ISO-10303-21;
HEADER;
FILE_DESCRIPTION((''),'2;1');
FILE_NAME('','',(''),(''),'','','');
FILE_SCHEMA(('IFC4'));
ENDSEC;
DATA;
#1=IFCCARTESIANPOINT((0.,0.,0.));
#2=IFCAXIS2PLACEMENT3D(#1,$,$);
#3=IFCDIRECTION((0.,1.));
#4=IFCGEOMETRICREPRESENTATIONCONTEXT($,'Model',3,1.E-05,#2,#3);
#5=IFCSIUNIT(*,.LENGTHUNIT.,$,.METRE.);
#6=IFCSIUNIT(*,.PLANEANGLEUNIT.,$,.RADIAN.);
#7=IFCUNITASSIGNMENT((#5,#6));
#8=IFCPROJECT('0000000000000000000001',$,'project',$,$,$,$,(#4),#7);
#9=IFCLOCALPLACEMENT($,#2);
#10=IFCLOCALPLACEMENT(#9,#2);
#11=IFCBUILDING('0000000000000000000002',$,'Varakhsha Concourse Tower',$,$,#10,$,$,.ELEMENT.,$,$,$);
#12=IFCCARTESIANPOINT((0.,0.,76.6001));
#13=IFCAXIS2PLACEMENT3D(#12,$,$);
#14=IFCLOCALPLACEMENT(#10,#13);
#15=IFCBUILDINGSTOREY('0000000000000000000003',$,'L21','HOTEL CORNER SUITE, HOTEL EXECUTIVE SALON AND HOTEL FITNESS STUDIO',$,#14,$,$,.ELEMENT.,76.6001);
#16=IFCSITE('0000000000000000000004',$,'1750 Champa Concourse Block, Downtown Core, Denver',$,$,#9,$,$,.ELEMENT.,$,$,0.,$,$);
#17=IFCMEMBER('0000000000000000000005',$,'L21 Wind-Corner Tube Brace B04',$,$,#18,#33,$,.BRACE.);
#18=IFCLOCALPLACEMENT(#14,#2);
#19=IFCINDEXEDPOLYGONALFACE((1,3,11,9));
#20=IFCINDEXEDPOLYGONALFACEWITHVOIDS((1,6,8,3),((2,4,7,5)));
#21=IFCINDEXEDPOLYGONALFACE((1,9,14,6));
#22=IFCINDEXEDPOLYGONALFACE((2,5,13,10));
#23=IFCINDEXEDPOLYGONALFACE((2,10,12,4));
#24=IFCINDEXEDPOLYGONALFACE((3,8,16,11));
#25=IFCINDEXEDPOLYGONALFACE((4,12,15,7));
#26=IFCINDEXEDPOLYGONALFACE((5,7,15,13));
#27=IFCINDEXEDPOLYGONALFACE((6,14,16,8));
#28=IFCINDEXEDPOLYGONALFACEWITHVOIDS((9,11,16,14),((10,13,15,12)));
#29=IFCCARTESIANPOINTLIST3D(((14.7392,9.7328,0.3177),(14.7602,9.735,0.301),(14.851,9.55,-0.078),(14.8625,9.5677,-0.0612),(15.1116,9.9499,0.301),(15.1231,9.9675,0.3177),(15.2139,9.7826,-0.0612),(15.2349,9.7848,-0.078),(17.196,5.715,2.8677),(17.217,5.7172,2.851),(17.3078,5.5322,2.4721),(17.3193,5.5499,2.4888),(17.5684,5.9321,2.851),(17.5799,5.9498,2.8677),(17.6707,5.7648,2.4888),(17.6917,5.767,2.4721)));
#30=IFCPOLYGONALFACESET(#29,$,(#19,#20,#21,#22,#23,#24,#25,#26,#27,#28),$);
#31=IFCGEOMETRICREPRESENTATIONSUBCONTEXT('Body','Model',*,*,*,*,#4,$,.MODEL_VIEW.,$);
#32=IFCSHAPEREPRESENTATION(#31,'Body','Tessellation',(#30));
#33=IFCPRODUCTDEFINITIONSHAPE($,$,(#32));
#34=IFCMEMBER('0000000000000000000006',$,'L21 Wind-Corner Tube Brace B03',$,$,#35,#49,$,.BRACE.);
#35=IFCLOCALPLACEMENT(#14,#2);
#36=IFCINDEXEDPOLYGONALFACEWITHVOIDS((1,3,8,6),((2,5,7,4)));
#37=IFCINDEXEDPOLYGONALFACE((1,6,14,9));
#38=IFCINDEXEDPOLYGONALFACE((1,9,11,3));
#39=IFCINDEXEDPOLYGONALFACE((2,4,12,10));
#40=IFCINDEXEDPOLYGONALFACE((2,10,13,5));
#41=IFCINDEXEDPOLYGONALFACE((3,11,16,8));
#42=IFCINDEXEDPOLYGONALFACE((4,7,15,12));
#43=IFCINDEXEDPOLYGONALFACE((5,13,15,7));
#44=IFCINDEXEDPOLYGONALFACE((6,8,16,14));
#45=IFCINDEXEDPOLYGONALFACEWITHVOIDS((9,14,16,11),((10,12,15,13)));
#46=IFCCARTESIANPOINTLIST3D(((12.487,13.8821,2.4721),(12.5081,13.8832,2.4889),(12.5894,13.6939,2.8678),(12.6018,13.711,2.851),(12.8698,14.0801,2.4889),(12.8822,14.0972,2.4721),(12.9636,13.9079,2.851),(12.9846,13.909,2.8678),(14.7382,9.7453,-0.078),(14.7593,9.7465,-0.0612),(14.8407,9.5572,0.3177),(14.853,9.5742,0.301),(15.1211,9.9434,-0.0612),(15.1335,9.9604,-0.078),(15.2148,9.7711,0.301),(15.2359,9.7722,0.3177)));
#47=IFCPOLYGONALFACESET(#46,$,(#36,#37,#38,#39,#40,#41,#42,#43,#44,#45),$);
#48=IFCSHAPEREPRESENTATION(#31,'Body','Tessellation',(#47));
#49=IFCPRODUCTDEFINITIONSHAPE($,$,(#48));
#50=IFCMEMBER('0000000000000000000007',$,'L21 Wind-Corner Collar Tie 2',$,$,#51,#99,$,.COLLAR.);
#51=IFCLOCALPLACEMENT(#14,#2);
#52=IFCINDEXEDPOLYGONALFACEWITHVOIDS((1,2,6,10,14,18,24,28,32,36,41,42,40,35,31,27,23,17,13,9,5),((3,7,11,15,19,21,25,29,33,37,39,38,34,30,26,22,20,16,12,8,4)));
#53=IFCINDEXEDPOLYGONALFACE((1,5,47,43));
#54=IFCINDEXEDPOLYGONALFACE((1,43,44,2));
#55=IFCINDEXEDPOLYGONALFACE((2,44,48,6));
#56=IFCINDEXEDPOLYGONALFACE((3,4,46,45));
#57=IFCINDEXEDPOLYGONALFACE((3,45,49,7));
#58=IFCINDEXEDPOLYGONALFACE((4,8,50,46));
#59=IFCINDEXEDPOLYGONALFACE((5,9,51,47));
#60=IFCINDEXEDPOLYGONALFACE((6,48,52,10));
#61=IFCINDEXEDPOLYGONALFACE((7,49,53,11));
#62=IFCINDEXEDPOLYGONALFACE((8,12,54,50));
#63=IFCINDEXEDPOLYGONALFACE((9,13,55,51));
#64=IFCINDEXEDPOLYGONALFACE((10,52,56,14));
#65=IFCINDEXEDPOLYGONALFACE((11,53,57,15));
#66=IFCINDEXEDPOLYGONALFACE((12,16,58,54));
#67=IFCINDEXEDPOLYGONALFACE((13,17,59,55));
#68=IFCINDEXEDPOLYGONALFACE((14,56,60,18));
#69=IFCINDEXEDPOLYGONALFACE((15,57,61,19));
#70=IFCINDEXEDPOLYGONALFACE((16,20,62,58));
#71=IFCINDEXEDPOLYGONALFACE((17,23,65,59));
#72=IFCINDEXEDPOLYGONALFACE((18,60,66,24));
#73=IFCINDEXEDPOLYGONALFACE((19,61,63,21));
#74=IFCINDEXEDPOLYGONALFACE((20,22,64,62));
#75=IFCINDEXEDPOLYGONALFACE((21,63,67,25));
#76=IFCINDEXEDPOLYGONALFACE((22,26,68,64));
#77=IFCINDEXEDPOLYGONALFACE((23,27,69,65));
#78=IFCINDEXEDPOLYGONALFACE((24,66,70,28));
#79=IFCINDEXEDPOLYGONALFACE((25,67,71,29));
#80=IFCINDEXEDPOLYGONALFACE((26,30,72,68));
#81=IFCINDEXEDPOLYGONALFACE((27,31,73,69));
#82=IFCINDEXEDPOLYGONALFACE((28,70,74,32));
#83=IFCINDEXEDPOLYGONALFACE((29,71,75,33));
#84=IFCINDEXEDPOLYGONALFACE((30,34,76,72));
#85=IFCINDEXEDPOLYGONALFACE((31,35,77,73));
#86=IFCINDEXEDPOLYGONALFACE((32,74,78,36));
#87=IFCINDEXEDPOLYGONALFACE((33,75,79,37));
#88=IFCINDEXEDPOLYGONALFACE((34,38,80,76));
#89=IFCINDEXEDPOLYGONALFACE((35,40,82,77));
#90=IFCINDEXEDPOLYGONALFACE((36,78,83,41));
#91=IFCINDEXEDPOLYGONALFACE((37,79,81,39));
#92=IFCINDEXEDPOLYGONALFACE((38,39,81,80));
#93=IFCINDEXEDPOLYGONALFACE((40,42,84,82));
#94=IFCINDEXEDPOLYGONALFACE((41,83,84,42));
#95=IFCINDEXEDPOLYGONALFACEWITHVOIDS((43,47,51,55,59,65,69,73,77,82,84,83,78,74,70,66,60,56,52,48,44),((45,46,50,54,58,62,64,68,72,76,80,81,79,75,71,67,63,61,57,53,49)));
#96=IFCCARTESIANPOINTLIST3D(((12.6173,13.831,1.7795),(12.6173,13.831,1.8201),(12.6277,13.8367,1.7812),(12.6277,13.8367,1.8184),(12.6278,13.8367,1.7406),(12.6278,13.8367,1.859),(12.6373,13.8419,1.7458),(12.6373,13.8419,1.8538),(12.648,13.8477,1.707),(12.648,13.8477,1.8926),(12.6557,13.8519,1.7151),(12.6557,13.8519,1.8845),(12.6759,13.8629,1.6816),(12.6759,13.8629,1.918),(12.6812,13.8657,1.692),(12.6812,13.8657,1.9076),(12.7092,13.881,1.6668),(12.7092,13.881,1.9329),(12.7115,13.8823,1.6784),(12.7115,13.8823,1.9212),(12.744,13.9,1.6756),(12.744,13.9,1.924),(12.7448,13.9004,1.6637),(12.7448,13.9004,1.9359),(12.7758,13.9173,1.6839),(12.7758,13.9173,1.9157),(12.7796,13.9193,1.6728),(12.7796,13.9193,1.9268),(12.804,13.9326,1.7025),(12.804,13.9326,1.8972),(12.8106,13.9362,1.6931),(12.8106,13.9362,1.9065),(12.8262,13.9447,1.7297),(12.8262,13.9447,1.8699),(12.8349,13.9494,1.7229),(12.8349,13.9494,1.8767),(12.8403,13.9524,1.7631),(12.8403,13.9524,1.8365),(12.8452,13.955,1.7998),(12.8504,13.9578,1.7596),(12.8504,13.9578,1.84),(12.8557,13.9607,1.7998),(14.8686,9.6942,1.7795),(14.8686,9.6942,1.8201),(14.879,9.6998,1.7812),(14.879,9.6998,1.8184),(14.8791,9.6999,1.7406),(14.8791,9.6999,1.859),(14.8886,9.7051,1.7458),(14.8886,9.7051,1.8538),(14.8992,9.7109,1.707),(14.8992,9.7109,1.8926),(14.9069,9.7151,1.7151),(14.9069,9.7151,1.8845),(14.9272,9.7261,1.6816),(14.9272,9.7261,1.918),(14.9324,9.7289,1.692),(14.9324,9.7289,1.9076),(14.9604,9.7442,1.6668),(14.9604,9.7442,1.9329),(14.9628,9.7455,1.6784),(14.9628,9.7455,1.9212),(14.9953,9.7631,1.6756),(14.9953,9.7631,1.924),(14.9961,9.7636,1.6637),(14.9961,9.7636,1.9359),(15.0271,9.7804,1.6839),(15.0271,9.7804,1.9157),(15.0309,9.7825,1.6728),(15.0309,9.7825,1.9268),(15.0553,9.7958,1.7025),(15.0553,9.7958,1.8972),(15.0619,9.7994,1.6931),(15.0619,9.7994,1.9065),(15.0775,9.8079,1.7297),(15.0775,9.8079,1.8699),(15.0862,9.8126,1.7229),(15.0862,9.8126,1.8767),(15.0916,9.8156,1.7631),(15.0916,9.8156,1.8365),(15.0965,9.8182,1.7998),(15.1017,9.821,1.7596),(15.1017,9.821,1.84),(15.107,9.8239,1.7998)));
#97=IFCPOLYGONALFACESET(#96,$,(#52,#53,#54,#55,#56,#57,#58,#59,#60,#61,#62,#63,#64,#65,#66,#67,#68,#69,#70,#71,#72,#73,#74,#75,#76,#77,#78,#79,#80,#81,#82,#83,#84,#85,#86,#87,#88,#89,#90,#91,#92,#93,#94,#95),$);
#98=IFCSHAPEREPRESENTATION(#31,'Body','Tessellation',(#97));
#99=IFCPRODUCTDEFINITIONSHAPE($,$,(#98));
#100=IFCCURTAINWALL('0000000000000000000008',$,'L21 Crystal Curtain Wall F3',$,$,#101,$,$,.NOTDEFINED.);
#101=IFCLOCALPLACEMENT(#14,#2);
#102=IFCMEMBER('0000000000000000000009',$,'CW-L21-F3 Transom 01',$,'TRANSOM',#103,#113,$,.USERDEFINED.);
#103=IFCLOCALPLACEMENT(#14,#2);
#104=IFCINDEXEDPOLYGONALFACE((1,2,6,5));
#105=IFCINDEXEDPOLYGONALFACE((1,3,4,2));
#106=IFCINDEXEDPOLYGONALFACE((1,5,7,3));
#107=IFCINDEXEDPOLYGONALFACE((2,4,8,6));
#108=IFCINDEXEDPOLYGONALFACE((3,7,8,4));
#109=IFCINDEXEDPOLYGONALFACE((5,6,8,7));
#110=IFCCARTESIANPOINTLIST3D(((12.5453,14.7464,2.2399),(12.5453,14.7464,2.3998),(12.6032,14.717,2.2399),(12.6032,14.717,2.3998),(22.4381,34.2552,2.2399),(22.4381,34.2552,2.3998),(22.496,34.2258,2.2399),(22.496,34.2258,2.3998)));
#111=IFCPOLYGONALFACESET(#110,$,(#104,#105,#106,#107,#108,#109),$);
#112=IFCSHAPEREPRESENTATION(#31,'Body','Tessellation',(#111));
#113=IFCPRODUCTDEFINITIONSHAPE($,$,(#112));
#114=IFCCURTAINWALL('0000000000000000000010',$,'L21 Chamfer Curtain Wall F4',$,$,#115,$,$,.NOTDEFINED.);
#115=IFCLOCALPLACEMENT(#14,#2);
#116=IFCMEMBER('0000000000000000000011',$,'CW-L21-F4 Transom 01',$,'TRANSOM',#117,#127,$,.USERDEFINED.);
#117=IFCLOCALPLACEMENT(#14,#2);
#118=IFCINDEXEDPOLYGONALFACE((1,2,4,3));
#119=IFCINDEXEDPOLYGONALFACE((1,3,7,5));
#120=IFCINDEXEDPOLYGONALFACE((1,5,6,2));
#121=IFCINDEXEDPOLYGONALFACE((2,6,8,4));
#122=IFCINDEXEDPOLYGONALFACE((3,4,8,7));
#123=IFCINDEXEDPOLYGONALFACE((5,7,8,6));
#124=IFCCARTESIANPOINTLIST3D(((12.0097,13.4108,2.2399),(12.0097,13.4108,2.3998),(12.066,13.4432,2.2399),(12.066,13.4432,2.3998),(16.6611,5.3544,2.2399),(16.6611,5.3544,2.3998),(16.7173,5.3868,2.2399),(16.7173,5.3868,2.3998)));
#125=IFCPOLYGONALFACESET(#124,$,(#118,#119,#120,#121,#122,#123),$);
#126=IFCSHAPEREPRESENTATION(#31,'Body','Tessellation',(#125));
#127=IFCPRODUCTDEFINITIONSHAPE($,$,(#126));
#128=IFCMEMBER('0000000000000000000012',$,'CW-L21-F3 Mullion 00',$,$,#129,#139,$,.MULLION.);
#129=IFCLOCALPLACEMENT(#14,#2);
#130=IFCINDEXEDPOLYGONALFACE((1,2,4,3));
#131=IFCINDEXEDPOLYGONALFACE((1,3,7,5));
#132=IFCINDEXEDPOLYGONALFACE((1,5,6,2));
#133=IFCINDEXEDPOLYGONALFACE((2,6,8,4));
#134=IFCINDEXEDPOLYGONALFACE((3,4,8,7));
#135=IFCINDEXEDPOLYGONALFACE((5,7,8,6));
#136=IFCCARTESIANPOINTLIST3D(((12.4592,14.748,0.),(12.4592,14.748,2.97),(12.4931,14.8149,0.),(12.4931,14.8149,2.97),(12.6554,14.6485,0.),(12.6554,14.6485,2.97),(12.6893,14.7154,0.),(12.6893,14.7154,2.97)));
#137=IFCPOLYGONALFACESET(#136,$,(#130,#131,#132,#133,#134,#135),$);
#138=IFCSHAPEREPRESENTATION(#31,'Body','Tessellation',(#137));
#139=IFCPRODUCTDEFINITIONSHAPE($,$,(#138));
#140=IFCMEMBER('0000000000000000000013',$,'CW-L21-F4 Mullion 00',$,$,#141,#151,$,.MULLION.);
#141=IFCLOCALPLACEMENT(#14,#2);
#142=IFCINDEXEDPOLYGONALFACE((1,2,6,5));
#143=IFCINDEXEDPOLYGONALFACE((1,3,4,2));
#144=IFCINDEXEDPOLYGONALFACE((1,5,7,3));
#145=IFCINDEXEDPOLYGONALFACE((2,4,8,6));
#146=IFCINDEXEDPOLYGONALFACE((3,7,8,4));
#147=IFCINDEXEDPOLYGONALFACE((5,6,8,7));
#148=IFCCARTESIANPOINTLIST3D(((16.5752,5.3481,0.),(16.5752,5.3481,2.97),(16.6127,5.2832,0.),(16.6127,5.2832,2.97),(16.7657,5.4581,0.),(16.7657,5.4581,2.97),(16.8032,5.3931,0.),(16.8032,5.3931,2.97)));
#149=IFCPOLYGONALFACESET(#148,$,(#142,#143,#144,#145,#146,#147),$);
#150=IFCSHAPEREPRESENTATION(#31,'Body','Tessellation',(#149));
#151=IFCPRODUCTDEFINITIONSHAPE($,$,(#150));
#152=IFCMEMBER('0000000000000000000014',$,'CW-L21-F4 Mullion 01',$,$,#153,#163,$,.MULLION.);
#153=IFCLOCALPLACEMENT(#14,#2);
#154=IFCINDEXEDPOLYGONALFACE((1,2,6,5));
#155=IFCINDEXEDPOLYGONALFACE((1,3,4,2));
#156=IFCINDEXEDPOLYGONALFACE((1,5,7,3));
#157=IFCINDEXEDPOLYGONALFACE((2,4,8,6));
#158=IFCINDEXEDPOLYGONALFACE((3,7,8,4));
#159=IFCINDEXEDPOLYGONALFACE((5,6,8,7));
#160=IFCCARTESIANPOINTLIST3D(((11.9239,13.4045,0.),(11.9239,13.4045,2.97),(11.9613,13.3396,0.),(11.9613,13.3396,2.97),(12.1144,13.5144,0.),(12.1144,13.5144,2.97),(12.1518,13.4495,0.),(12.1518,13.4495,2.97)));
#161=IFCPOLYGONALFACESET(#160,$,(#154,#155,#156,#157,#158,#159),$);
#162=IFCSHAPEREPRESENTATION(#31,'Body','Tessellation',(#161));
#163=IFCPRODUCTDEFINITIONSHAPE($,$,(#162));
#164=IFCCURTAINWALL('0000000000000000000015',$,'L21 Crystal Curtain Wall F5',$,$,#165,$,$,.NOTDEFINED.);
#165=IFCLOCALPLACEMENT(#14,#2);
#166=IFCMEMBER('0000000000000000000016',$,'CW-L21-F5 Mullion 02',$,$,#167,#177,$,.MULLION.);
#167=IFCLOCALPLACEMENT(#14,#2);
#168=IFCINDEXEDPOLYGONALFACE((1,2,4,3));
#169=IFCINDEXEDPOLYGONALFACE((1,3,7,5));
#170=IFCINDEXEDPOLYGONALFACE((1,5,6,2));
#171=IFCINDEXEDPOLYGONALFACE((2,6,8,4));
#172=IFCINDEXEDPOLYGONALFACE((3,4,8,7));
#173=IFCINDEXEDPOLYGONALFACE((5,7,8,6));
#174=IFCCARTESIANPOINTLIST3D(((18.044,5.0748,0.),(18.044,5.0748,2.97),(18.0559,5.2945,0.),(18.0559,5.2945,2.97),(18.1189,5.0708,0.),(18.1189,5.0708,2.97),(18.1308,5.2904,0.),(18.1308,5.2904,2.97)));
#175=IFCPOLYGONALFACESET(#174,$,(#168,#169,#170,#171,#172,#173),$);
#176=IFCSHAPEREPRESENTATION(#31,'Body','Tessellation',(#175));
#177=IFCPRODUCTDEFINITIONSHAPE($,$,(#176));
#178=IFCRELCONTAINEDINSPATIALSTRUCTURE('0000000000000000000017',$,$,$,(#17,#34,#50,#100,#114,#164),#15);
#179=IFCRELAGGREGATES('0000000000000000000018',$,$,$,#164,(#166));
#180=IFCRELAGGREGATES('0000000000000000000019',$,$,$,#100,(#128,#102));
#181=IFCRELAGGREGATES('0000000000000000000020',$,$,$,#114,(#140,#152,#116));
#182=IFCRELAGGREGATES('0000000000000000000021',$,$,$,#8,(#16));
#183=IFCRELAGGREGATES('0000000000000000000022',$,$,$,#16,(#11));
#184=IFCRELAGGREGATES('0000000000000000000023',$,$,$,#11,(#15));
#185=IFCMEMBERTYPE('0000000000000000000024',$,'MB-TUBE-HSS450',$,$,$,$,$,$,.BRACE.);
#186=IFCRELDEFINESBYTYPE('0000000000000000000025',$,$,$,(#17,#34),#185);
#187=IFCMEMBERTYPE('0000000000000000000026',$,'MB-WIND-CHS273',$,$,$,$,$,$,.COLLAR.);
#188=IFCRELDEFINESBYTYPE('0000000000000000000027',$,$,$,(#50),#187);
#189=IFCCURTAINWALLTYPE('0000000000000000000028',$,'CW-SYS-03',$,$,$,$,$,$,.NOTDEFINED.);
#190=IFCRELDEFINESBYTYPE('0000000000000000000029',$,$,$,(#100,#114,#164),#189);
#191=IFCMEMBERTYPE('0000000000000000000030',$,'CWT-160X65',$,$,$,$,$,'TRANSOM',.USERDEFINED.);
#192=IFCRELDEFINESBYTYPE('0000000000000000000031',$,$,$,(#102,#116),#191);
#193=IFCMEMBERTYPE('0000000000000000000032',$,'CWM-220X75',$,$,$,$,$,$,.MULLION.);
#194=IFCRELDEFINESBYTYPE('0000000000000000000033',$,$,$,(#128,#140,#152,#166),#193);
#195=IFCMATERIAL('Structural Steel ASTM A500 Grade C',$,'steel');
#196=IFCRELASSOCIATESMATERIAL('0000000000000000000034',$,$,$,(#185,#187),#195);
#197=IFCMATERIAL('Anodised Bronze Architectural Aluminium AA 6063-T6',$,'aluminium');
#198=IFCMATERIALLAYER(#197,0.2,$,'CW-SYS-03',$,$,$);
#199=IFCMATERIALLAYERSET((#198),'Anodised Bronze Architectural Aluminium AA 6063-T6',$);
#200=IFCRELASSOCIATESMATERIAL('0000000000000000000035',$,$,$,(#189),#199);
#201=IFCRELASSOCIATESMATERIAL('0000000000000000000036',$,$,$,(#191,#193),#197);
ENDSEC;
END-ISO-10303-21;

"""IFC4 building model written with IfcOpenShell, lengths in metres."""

from ifc_helpers import new_model, si_unit, direction, frame, origin, origin_2d, place, context, subcontext, project, spatial, rectangle, hollow_rectangle, hollow_circle, extrude, source, transform, mapped, material, layer, layer_set, material_profile, profile_set, type_object, type_shapes, element, aggregate, save


model = new_model("IFC4")

# Units and contexts
model_context = context("Model", 3, precision=1e-05, world=origin(), true_north=direction((0.0, 1.0)))
body_context = subcontext(model_context, "Body", "Model", "MODEL_VIEW")
ifc_project = project(units=[si_unit("LENGTHUNIT", "METRE"), si_unit("PLANEANGLEUNIT", "RADIAN")], contexts=[model_context])

# Site, building, storey
site_placement = place(None, origin())
site = spatial("IfcSite", under=ifc_project, at=site_placement, Name="1750 Champa Concourse Block, Downtown Core, Denver", CompositionType="ELEMENT", RefElevation=0.0)
building_placement = place(site_placement, origin())
building = spatial("IfcBuilding", under=site, at=building_placement, Name="Varakhsha Concourse Tower", CompositionType="ELEMENT")
storey_placement = place(building_placement, frame((0.0, 0.0, 76.6001)))
storey = spatial("IfcBuildingStorey", under=building, at=storey_placement, Name="L21", Description="HOTEL CORNER SUITE, HOTEL EXECUTIVE SALON AND HOTEL FITNESS STUDIO", CompositionType="ELEMENT", Elevation=76.6001)

# Members
ifc_material_1 = material(Name="Structural Steel ASTM A500 Grade C", Category="steel")
ifc_material_profile_1 = material_profile(ifc_material_1, hollow_rectangle(XDim=0.45, YDim=0.45, WallThickness=0.019, at=origin_2d()), Name="HSS 450x450x19")
ifc_profile_set_1 = profile_set([ifc_material_profile_1], Name="Structural Steel ASTM A500 Grade C")
member_type_1 = type_object("IfcMemberType", Name="MB-TUBE-HSS450", PredefinedType="BRACE", material=ifc_profile_set_1)
shared_shape_1 = source(origin(), body_context, "Body", "SweptSolid", [
    extrude(hollow_rectangle(XDim=0.45, YDim=0.45, WallThickness=0.019, at=origin_2d()), origin(), (0.0, 0.0, 1.0), 5.3555),
])
member_1_placement = place(storey_placement, frame((14.9871, 9.7588, 0.1199), z_axis=(0.45874, -0.750223, 0.476155), x_axis=(0.853145, 0.521674, 0.0)))
element("IfcMember", 1, at=member_1_placement, inside=storey, type_object=member_type_1, Name="L21 Wind-Corner Tube Brace B04", PredefinedType="BRACE", context=body_context, shape_type="MappedRepresentation", body=[
    mapped(shared_shape_1, transform((0.0, 0.0, 0.0), scale=1.0)),
])
shared_shape_2 = source(origin(), body_context, "Body", "SweptSolid", [
    extrude(hollow_rectangle(XDim=0.45, YDim=0.45, WallThickness=0.019, at=origin_2d()), origin(), (0.0, 0.0, 1.0), 5.3557),
])
type_shapes(member_type_1, [shared_shape_1, shared_shape_2])
member_2_placement = place(storey_placement, frame((14.9871, 9.7588, 0.1199), z_axis=(-0.420344, 0.7724, 0.47614), x_axis=(-0.878357, -0.478006, 0.0)))
element("IfcMember", 2, at=member_2_placement, inside=storey, type_object=member_type_1, Name="L21 Wind-Corner Tube Brace B03", PredefinedType="BRACE", context=body_context, shape_type="MappedRepresentation", body=[
    mapped(shared_shape_2, transform((0.0, 0.0, 0.0), scale=1.0)),
])
ifc_material_profile_2 = material_profile(ifc_material_1, hollow_circle(Radius=0.1365, WallThickness=0.012, at=origin_2d()), Name="CHS 273x12")
ifc_profile_set_2 = profile_set([ifc_material_profile_2], Name="Structural Steel ASTM A500 Grade C")
member_type_2 = type_object("IfcMemberType", Name="MB-WIND-CHS273", PredefinedType="COLLAR", material=ifc_profile_set_2)
shared_shape_3 = source(origin(), body_context, "Body", "SweptSolid", [
    extrude(hollow_circle(Radius=0.1365, WallThickness=0.012, at=origin_2d()), origin(), (0.0, 0.0, 1.0), 4.7097),
])
type_shapes(member_type_2, [shared_shape_3])
member_3_placement = place(storey_placement, frame((12.7358, 13.8955, 1.7998), z_axis=(0.478006, -0.878357, 0.0), x_axis=(0.878357, 0.478006, 0.0)))
element("IfcMember", 3, at=member_3_placement, inside=storey, type_object=member_type_2, Name="L21 Wind-Corner Collar Tie 2", PredefinedType="COLLAR", context=body_context, shape_type="MappedRepresentation", body=[
    mapped(shared_shape_3, transform((0.0, 0.0, 0.0), scale=1.0)),
])

# Curtain walls, members
ifc_material_2 = material(Name="Anodised Bronze Architectural Aluminium AA 6063-T6", Category="aluminium")
ifc_layer_1 = layer(ifc_material_2, 0.2, Name="CW-SYS-03")
ifc_layer_set_1 = layer_set([ifc_layer_1], Name="Anodised Bronze Architectural Aluminium AA 6063-T6")
curtain_wall_type = type_object("IfcCurtainWallType", Name="CW-SYS-03", PredefinedType="NOTDEFINED", material=ifc_layer_set_1)
curtain_wall_1_placement = place(storey_placement, origin())
curtain_wall_1 = element("IfcCurtainWall", 4, at=curtain_wall_1_placement, inside=storey, type_object=curtain_wall_type, Name="L21 Crystal Curtain Wall F3", PredefinedType="NOTDEFINED")
ifc_material_profile_3 = material_profile(ifc_material_2, rectangle(XDim=0.0649, YDim=0.1599, at=origin_2d()), Name="CWT-160X65")
ifc_profile_set_3 = profile_set([ifc_material_profile_3], Name="Anodised Bronze Architectural Aluminium AA 6063-T6")
member_type_3 = type_object("IfcMemberType", Name="CWT-160X65", ElementType="TRANSOM", PredefinedType="USERDEFINED", material=ifc_profile_set_3)
shared_shape_4 = source(origin(), body_context, "Body", "SweptSolid", [
    extrude(rectangle(XDim=0.0649, YDim=0.1599, at=origin_2d()), origin(), (0.0, 0.0, 1.0), 21.8738),
])
member_4_placement = place(storey_placement, frame((12.5742, 14.7317, 2.3198), z_axis=(0.452269, 0.891881, 0.0), x_axis=(-0.891881, 0.452269, 0.0)))
member_4 = element("IfcMember", 5, at=member_4_placement, type_object=member_type_3, Name="CW-L21-F3 Transom 01", ObjectType="TRANSOM", PredefinedType="USERDEFINED", context=body_context, shape_type="MappedRepresentation", body=[
    mapped(shared_shape_4, transform((0.0, 0.0, 0.0), scale=1.0)),
])
curtain_wall_2_placement = place(storey_placement, origin())
curtain_wall_2 = element("IfcCurtainWall", 6, at=curtain_wall_2_placement, inside=storey, type_object=curtain_wall_type, Name="L21 Chamfer Curtain Wall F4", PredefinedType="NOTDEFINED")
shared_shape_5 = source(origin(), body_context, "Body", "SweptSolid", [
    extrude(rectangle(XDim=0.0649, YDim=0.1599, at=origin_2d()), origin(), (0.0, 0.0, 1.0), 9.3027),
])
type_shapes(member_type_3, [shared_shape_4, shared_shape_5])
member_5_placement = place(storey_placement, frame((16.6892, 5.3706, 2.3198), z_axis=(-0.5, 0.866025, 0.0), x_axis=(-0.866025, -0.5, 0.0)))
member_5 = element("IfcMember", 7, at=member_5_placement, type_object=member_type_3, Name="CW-L21-F4 Transom 01", ObjectType="TRANSOM", PredefinedType="USERDEFINED", context=body_context, shape_type="MappedRepresentation", body=[
    mapped(shared_shape_5, transform((0.0, 0.0, 0.0), scale=1.0)),
])

# Members
ifc_material_profile_4 = material_profile(ifc_material_2, rectangle(XDim=0.075, YDim=0.22, at=origin_2d()), Name="CWM-220X75")
ifc_profile_set_4 = profile_set([ifc_material_profile_4], Name="Anodised Bronze Architectural Aluminium AA 6063-T6")
member_type_4 = type_object("IfcMemberType", Name="CWM-220X75", PredefinedType="MULLION", material=ifc_profile_set_4)
shared_shape_6 = source(origin(), body_context, "Body", "SweptSolid", [
    extrude(rectangle(XDim=0.075, YDim=0.22, at=origin_2d()), origin(), (0.0, 0.0, 1.0), 2.97),
])
type_shapes(member_type_4, [shared_shape_6])
member_6_placement = place(storey_placement, frame((12.5742, 14.7317, 0.0), z_axis=(0.0, 0.0, 1.0), x_axis=(0.452274, 0.891879, 0.0)))
member_6 = element("IfcMember", 8, at=member_6_placement, type_object=member_type_4, Name="CW-L21-F3 Mullion 00", PredefinedType="MULLION", context=body_context, shape_type="MappedRepresentation", body=[
    mapped(shared_shape_6, transform((0.0, 0.0, 0.0), scale=1.0)),
])
member_7_placement = place(storey_placement, frame((16.6892, 5.3706, 0.0), z_axis=(0.0, 0.0, 1.0), x_axis=(-0.499994, 0.866029, 0.0)))
member_7 = element("IfcMember", 9, at=member_7_placement, type_object=member_type_4, Name="CW-L21-F4 Mullion 00", PredefinedType="MULLION", context=body_context, shape_type="MappedRepresentation", body=[
    mapped(shared_shape_6, transform((0.0, 0.0, 0.0), scale=1.0)),
])
member_8_placement = place(storey_placement, frame((12.0378, 13.427, 0.0), z_axis=(0.0, 0.0, 1.0), x_axis=(-0.499994, 0.866029, 0.0)))
member_8 = element("IfcMember", 10, at=member_8_placement, type_object=member_type_4, Name="CW-L21-F4 Mullion 01", PredefinedType="MULLION", context=body_context, shape_type="MappedRepresentation", body=[
    mapped(shared_shape_6, transform((0.0, 0.0, 0.0), scale=1.0)),
])

# Curtain wall, member
curtain_wall_3_placement = place(storey_placement, origin())
curtain_wall_3 = element("IfcCurtainWall", 11, at=curtain_wall_3_placement, inside=storey, type_object=curtain_wall_type, Name="L21 Crystal Curtain Wall F5", PredefinedType="NOTDEFINED")
member_9_placement = place(storey_placement, frame((18.0874, 5.1826, 0.0), z_axis=(0.0, 0.0, 1.0), x_axis=(-0.998527, 0.054257, 0.0)))
member_9 = element("IfcMember", 12, at=member_9_placement, type_object=member_type_4, Name="CW-L21-F5 Mullion 02", PredefinedType="MULLION", context=body_context, shape_type="MappedRepresentation", body=[
    mapped(shared_shape_6, transform((0.0, 0.0, 0.0), scale=1.0)),
])

aggregate(curtain_wall_3, [member_9])
aggregate(curtain_wall_1, [member_6, member_4])
aggregate(curtain_wall_2, [member_7, member_8, member_5])

save(model, "model.ifc")
